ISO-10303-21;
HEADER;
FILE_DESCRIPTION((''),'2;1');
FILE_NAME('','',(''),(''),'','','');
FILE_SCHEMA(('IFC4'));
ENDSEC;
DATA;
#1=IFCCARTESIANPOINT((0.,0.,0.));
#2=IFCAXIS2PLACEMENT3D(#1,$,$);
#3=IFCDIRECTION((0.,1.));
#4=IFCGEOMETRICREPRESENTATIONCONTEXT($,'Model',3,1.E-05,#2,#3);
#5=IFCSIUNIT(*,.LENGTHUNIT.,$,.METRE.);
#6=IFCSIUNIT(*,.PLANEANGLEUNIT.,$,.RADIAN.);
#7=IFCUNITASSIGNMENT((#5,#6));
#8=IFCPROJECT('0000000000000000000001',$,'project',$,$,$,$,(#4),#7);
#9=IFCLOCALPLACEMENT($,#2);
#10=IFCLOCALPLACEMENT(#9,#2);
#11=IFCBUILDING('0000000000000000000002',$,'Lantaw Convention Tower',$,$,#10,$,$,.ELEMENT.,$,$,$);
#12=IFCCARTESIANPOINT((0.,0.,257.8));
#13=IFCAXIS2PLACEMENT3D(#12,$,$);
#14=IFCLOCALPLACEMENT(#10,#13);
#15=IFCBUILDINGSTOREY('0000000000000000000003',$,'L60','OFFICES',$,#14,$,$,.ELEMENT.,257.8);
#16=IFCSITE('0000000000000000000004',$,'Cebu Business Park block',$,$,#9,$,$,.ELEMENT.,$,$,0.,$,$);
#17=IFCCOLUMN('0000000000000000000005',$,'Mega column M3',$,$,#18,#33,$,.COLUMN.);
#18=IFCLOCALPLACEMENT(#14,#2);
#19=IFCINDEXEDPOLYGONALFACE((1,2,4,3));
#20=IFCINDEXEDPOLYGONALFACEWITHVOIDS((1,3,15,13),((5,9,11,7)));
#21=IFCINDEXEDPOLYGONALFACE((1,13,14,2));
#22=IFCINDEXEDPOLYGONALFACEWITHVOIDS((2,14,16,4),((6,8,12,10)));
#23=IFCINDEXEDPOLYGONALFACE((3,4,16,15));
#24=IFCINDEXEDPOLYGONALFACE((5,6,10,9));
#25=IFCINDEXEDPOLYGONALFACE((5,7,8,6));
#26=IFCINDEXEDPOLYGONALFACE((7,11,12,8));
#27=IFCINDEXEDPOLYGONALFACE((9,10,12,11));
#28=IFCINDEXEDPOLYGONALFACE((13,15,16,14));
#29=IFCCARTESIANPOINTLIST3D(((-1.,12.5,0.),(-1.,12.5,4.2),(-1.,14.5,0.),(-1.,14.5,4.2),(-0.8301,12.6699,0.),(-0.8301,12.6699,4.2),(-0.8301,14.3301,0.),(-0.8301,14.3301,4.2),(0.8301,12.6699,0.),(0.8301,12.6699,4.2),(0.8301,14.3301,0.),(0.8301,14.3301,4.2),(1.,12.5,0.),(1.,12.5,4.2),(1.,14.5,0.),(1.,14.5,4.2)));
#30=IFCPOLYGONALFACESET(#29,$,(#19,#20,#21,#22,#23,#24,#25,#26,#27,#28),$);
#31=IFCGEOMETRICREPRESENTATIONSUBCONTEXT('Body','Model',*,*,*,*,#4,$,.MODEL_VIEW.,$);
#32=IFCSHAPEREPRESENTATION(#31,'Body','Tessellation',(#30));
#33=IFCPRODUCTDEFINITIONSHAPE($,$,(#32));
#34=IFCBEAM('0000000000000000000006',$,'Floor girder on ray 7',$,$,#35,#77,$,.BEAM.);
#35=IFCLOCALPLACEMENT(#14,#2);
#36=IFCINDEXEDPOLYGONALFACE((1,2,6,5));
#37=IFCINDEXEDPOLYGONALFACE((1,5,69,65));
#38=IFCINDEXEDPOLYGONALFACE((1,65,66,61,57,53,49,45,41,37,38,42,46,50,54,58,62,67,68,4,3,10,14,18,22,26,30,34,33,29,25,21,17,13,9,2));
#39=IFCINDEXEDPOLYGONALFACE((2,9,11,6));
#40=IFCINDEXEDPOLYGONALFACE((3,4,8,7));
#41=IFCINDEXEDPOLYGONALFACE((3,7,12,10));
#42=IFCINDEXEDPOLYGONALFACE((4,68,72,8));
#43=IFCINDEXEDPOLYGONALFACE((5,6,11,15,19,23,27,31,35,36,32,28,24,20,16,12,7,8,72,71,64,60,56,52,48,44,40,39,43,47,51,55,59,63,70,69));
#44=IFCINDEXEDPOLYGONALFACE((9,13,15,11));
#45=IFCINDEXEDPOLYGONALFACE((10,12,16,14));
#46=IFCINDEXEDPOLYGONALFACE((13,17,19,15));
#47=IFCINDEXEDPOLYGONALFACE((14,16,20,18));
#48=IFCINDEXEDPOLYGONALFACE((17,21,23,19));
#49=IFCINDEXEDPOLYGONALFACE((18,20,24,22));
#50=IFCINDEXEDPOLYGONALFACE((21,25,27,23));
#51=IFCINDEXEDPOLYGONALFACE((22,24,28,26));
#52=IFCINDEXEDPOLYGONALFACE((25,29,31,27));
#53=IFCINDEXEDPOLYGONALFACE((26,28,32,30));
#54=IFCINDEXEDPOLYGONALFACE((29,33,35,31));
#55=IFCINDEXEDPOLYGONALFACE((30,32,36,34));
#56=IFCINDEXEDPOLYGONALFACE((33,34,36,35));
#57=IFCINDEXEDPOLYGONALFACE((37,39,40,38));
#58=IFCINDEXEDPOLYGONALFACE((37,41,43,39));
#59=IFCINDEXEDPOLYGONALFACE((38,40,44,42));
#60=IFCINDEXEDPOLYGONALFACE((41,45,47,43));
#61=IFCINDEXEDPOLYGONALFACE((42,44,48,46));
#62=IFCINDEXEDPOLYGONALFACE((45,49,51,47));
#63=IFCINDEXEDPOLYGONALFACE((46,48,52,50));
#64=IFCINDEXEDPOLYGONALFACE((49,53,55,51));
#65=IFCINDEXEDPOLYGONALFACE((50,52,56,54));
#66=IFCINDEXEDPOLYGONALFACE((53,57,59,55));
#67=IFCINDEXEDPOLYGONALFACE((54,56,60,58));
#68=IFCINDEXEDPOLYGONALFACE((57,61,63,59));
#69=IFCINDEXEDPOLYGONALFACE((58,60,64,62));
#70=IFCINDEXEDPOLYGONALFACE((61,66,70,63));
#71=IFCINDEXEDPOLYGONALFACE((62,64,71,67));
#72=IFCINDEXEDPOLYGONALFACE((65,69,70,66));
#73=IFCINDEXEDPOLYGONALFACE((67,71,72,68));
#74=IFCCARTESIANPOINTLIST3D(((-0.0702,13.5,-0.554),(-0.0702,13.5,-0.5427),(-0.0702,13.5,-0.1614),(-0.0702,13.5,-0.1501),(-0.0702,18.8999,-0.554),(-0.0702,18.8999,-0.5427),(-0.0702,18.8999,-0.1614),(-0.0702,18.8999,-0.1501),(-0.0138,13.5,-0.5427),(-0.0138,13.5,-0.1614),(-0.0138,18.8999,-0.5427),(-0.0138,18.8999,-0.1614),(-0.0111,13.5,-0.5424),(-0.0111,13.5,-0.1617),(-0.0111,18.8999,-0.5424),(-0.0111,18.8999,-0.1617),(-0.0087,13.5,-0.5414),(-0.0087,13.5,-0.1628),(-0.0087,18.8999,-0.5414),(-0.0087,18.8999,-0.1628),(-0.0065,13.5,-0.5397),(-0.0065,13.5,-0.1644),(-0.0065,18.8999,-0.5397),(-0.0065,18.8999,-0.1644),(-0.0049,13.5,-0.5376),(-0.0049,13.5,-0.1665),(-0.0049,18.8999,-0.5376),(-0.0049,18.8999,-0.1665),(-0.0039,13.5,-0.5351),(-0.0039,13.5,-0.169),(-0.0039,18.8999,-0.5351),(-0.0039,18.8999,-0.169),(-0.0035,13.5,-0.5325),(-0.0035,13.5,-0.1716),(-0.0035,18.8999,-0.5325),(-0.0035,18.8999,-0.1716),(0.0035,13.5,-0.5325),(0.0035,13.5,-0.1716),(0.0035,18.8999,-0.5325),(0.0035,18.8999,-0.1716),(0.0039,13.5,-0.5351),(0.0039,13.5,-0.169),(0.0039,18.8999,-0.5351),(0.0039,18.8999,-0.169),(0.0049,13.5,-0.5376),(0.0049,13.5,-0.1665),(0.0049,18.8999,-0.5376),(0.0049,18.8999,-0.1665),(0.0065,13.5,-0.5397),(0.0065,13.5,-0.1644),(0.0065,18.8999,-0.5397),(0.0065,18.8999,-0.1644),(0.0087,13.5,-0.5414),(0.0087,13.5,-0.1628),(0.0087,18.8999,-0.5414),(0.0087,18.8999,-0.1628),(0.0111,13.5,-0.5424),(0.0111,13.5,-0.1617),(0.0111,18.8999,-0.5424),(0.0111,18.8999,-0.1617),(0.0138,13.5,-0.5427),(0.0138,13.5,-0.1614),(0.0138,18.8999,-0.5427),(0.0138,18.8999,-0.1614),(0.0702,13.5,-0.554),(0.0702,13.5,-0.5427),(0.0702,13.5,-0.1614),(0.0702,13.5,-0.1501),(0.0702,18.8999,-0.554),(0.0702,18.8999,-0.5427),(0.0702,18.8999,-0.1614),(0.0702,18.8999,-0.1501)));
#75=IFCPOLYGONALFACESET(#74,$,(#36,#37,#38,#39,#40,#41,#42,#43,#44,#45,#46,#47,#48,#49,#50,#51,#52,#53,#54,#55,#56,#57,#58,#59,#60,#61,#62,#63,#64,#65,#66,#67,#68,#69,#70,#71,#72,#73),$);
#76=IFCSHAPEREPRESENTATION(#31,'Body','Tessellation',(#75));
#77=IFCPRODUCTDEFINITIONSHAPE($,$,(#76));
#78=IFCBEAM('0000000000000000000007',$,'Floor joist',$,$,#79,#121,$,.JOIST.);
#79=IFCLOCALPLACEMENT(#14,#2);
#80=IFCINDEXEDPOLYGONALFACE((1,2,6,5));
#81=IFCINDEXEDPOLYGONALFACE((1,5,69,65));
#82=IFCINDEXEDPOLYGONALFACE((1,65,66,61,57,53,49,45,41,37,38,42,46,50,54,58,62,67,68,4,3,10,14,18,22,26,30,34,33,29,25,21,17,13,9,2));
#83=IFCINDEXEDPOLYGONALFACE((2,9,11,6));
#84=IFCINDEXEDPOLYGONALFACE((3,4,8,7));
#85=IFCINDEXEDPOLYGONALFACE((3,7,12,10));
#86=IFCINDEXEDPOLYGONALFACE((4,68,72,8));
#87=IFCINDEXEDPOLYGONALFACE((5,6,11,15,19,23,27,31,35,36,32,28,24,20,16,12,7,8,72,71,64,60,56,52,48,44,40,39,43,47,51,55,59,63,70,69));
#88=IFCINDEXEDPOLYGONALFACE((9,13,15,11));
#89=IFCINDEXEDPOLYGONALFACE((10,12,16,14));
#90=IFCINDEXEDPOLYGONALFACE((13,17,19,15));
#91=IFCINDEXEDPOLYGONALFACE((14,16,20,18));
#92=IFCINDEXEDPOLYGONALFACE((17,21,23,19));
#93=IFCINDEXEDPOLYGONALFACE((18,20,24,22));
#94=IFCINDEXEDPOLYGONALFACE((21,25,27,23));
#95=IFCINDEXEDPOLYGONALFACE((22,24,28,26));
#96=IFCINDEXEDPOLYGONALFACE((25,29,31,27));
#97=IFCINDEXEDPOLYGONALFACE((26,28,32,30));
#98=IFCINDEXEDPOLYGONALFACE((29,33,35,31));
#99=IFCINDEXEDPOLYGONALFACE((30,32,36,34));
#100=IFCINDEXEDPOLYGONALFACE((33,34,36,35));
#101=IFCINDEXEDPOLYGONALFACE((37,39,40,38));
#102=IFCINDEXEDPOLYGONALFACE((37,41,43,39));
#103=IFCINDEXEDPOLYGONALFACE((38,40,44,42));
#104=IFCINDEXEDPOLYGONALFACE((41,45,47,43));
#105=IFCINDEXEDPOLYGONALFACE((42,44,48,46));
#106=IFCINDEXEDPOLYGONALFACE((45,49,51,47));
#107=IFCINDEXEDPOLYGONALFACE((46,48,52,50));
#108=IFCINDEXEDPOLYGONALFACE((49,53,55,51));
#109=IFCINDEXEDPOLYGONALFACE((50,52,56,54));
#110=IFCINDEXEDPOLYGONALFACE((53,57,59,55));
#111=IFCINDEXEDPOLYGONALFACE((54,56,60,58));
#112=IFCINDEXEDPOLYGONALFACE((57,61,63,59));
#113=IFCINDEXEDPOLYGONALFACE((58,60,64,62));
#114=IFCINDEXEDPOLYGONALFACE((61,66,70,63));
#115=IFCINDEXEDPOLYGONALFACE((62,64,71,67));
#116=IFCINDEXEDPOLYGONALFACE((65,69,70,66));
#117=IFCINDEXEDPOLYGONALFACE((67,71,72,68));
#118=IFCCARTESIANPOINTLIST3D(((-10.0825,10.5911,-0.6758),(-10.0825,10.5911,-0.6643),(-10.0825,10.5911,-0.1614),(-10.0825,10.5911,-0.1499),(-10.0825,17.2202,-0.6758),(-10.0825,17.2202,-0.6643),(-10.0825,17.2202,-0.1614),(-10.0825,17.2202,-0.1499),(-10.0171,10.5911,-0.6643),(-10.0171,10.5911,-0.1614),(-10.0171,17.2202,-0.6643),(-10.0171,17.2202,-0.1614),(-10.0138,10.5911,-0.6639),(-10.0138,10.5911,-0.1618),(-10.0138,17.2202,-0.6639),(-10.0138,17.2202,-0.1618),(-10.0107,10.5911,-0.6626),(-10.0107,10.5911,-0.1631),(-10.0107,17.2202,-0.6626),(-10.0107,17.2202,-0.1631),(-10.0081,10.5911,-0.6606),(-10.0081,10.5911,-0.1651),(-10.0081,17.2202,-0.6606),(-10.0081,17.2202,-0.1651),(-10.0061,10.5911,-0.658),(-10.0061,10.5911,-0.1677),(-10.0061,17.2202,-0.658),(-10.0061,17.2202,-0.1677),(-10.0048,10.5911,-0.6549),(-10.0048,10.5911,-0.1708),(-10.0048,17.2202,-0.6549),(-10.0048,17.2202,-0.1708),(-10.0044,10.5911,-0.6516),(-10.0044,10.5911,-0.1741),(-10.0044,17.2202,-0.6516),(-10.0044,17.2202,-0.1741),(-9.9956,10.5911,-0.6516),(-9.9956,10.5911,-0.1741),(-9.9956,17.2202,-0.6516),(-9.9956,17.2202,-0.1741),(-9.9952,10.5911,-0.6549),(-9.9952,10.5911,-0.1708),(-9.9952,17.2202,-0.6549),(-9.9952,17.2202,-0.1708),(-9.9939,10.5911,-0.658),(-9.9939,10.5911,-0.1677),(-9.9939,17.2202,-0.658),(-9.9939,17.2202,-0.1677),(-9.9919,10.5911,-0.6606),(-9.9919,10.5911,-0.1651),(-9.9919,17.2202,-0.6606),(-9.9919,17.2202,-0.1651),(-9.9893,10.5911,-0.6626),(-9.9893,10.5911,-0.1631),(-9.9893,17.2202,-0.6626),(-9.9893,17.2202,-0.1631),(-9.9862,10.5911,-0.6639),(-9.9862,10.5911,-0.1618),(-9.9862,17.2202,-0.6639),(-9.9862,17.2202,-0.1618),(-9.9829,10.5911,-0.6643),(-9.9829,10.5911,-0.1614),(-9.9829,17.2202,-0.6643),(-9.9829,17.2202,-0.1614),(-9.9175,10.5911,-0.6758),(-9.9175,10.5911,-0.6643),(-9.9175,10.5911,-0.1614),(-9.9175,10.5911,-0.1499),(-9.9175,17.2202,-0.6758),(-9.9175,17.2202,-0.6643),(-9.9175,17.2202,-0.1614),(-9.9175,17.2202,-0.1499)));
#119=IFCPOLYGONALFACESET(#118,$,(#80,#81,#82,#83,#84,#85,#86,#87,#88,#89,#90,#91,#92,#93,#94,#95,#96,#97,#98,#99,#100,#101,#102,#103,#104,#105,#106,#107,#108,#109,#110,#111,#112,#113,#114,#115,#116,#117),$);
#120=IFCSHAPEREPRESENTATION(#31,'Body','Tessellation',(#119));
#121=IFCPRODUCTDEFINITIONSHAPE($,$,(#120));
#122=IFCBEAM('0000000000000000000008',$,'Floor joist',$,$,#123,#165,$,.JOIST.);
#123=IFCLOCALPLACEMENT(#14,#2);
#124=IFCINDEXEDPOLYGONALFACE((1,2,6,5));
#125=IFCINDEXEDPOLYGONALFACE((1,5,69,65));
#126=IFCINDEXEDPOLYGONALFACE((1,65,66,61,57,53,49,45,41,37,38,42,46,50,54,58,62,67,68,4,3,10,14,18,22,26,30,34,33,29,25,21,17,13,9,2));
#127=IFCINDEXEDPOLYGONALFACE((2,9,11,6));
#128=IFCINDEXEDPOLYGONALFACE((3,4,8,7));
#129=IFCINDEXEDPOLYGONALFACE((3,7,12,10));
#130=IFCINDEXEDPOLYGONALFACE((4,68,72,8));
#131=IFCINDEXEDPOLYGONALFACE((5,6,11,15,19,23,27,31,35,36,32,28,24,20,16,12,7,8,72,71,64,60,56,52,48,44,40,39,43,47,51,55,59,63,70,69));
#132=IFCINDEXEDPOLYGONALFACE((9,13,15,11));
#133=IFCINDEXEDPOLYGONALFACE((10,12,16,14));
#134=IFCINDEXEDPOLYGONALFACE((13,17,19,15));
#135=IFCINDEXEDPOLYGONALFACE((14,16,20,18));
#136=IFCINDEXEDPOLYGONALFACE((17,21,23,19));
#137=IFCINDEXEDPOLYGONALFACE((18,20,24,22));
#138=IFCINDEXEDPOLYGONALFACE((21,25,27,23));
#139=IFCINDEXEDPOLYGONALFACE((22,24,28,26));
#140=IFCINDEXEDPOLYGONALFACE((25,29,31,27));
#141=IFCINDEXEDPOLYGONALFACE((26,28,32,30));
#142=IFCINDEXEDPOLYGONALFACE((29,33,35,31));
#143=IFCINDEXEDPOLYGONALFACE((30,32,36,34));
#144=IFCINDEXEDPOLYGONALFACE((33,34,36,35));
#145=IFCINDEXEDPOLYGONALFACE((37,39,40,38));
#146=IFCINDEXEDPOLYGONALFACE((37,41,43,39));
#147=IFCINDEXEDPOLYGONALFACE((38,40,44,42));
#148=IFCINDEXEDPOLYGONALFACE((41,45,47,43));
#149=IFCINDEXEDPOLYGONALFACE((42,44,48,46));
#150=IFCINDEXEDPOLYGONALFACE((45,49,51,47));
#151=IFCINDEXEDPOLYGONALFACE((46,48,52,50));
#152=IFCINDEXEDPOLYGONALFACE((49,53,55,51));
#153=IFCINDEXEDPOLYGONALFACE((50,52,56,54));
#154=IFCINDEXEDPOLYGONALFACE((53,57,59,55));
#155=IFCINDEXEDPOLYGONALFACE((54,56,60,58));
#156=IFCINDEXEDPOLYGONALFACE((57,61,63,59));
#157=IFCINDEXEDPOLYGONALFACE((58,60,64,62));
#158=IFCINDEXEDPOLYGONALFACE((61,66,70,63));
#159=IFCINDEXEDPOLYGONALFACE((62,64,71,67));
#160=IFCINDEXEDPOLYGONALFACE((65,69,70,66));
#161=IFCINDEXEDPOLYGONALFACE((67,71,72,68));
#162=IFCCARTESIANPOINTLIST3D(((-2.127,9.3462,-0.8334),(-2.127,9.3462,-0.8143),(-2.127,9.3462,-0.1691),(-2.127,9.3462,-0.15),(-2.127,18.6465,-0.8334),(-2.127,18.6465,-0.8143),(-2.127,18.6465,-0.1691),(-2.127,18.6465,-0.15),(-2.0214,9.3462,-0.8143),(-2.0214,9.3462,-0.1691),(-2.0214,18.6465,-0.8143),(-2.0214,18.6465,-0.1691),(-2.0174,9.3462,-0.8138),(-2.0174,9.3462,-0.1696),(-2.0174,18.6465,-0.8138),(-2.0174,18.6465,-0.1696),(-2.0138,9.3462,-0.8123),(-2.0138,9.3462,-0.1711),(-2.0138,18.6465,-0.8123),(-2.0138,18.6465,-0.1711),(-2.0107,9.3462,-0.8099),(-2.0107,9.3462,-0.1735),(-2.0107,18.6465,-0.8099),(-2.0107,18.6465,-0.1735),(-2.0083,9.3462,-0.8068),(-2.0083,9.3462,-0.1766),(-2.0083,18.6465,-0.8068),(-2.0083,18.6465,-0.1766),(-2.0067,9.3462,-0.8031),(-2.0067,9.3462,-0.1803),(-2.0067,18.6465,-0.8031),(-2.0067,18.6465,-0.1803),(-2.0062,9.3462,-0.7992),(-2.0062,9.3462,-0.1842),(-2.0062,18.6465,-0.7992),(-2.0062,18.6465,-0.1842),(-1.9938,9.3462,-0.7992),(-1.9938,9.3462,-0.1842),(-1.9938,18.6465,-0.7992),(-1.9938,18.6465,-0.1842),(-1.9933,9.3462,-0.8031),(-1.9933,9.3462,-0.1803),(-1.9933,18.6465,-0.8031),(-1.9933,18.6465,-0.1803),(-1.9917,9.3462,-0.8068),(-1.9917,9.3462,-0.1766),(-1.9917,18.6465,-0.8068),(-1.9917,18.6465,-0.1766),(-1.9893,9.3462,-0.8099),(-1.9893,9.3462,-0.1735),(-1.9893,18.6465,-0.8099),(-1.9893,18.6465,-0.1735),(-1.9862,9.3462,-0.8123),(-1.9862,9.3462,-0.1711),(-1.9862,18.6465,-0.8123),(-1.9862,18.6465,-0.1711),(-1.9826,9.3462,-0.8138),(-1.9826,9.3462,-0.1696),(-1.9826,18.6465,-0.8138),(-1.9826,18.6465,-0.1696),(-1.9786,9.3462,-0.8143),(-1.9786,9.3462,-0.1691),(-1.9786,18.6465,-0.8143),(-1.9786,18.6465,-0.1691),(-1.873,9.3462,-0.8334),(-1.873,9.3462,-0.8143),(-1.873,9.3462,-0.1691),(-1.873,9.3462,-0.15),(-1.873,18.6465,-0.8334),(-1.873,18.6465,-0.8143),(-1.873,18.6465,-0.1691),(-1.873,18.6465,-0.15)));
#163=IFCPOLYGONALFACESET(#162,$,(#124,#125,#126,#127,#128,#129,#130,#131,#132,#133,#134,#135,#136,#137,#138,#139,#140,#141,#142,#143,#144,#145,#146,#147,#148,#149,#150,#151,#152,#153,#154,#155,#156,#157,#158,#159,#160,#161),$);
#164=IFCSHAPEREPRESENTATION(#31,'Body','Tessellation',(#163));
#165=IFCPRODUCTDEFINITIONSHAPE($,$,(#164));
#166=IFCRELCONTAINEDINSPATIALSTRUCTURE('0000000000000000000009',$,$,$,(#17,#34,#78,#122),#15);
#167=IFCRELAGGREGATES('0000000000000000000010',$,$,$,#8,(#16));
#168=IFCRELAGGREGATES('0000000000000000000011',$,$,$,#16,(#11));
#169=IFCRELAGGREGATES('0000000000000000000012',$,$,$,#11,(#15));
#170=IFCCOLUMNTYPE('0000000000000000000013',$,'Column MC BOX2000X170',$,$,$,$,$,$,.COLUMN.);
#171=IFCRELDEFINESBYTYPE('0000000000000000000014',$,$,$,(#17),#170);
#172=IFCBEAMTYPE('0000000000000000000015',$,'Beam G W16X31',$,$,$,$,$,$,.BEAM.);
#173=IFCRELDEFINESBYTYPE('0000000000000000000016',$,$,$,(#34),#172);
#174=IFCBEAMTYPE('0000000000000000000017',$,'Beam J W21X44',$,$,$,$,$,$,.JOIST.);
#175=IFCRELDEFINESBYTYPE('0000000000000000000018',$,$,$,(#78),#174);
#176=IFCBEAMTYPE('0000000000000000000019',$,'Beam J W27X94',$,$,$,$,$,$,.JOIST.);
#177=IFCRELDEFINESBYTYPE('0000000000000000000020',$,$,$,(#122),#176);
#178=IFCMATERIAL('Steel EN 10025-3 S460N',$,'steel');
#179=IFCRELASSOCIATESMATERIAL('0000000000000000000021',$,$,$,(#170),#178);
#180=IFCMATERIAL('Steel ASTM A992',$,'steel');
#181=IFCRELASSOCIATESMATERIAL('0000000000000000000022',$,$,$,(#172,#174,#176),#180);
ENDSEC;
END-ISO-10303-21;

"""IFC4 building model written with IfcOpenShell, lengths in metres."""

from ifc_helpers import new_model, si_unit, direction, frame, origin, origin_2d, place, context, subcontext, project, spatial, rectangle, hollow_rectangle, i_section, extrude, material, material_profile, profile_set, type_object, element, save


model = new_model("IFC4")

# Units and contexts
model_context = context("Model", 3, precision=1e-05, world=origin(), true_north=direction((0.0, 1.0)))
body_context = subcontext(model_context, "Body", "Model", "MODEL_VIEW")
ifc_project = project(units=[si_unit("LENGTHUNIT", "METRE"), si_unit("PLANEANGLEUNIT", "RADIAN")], contexts=[model_context])

# Site, building, storey
site_placement = place(None, origin())
site = spatial("IfcSite", under=ifc_project, at=site_placement, Name="Cebu Business Park block", CompositionType="ELEMENT", RefElevation=0.0)
building_placement = place(site_placement, origin())
building = spatial("IfcBuilding", under=site, at=building_placement, Name="Lantaw Convention Tower", CompositionType="ELEMENT")
storey_placement = place(building_placement, frame((0.0, 0.0, 257.8)))
storey = spatial("IfcBuildingStorey", under=building, at=storey_placement, Name="L60", Description="OFFICES", CompositionType="ELEMENT", Elevation=257.8)

# Column
ifc_material_1 = material(Name="Steel EN 10025-3 S460N", Category="steel")
ifc_material_profile_1 = material_profile(ifc_material_1, hollow_rectangle(XDim=2.0, YDim=2.0, WallThickness=0.1699, at=origin_2d()), Name="BOX2000X170")
ifc_material_2 = material(Name="Concrete C60/75", Category="concrete")
ifc_material_profile_2 = material_profile(ifc_material_2, rectangle(XDim=1.6599, YDim=1.6599, at=origin_2d()), Name="Concrete fill of BOX2000X170")
ifc_profile_set_1 = profile_set([ifc_material_profile_1, ifc_material_profile_2], Name="Steel EN 10025-3 S460N")
column_type = type_object("IfcColumnType", Name="Column MC BOX2000X170", PredefinedType="COLUMN", material=ifc_profile_set_1)
column_placement = place(storey_placement, frame((0.0, 13.5, 0.0), z_axis=(0.0, 0.0, 1.0), x_axis=(1.0, 0.0, 0.0)))
element("IfcColumn", 1, at=column_placement, inside=storey, type_object=column_type, Name="Mega column M3", PredefinedType="COLUMN", context=body_context, shape_type="SweptSolid", body=[
    extrude(hollow_rectangle(XDim=2.0, YDim=2.0, WallThickness=0.1699, at=origin_2d()), origin(), (0.0, 0.0, 1.0), 4.2),
])

# Beams
ifc_material_3 = material(Name="Steel ASTM A992", Category="steel")
ifc_material_profile_3 = material_profile(ifc_material_3, i_section(OverallWidth=0.1404, OverallDepth=0.4038, WebThickness=0.0071, FlangeThickness=0.0112, FilletRadius=0.0103, at=origin_2d()), Name="W16X31")
ifc_profile_set_2 = profile_set([ifc_material_profile_3], Name="Steel ASTM A992")
beam_type_1 = type_object("IfcBeamType", Name="Beam G W16X31", PredefinedType="BEAM", material=ifc_profile_set_2)
beam_1_placement = place(storey_placement, frame((0.0, 13.5, -0.3521), z_axis=(0.0, 1.0, 0.0), x_axis=(-1.0, 0.0, 0.0)))
element("IfcBeam", 2, at=beam_1_placement, inside=storey, type_object=beam_type_1, Name="Floor girder on ray 7", PredefinedType="BEAM", context=body_context, shape_type="SweptSolid", body=[
    extrude(i_section(OverallWidth=0.1404, OverallDepth=0.4038, WebThickness=0.0071, FlangeThickness=0.0112, FilletRadius=0.0103, at=origin_2d()), origin(), (0.0, 0.0, 1.0), 5.3999),
])
ifc_material_profile_4 = material_profile(ifc_material_3, i_section(OverallWidth=0.165, OverallDepth=0.5259, WebThickness=0.0088, FlangeThickness=0.0115, FilletRadius=0.0127, at=origin_2d()), Name="W21X44")
ifc_profile_set_3 = profile_set([ifc_material_profile_4], Name="Steel ASTM A992")
beam_type_2 = type_object("IfcBeamType", Name="Beam J W21X44", PredefinedType="JOIST", material=ifc_profile_set_3)
beam_2_placement = place(storey_placement, frame((-10.0, 10.5911, -0.4128), z_axis=(0.0, 1.0, 0.0), x_axis=(-1.0, 0.0, 0.0)))
element("IfcBeam", 3, at=beam_2_placement, inside=storey, type_object=beam_type_2, Name="Floor joist", PredefinedType="JOIST", context=body_context, shape_type="SweptSolid", body=[
    extrude(i_section(OverallWidth=0.165, OverallDepth=0.5259, WebThickness=0.0088, FlangeThickness=0.0115, FilletRadius=0.0127, at=origin_2d()), origin(), (0.0, 0.0, 1.0), 6.6292),
])
ifc_material_profile_5 = material_profile(ifc_material_3, i_section(OverallWidth=0.2539, OverallDepth=0.6833, WebThickness=0.0125, FlangeThickness=0.019, FilletRadius=0.0151, at=origin_2d()), Name="W27X94")
ifc_profile_set_4 = profile_set([ifc_material_profile_5], Name="Steel ASTM A992")
beam_type_3 = type_object("IfcBeamType", Name="Beam J W27X94", PredefinedType="JOIST", material=ifc_profile_set_4)
beam_3_placement = place(storey_placement, frame((-2.0, 9.3462, -0.4917), z_axis=(0.0, 1.0, 0.0), x_axis=(-1.0, 0.0, 0.0)))
element("IfcBeam", 4, at=beam_3_placement, inside=storey, type_object=beam_type_3, Name="Floor joist", PredefinedType="JOIST", context=body_context, shape_type="SweptSolid", body=[
    extrude(i_section(OverallWidth=0.2539, OverallDepth=0.6833, WebThickness=0.0125, FlangeThickness=0.019, FilletRadius=0.0151, at=origin_2d()), origin(), (0.0, 0.0, 1.0), 9.3003),
])

save(model, "model.ifc")
